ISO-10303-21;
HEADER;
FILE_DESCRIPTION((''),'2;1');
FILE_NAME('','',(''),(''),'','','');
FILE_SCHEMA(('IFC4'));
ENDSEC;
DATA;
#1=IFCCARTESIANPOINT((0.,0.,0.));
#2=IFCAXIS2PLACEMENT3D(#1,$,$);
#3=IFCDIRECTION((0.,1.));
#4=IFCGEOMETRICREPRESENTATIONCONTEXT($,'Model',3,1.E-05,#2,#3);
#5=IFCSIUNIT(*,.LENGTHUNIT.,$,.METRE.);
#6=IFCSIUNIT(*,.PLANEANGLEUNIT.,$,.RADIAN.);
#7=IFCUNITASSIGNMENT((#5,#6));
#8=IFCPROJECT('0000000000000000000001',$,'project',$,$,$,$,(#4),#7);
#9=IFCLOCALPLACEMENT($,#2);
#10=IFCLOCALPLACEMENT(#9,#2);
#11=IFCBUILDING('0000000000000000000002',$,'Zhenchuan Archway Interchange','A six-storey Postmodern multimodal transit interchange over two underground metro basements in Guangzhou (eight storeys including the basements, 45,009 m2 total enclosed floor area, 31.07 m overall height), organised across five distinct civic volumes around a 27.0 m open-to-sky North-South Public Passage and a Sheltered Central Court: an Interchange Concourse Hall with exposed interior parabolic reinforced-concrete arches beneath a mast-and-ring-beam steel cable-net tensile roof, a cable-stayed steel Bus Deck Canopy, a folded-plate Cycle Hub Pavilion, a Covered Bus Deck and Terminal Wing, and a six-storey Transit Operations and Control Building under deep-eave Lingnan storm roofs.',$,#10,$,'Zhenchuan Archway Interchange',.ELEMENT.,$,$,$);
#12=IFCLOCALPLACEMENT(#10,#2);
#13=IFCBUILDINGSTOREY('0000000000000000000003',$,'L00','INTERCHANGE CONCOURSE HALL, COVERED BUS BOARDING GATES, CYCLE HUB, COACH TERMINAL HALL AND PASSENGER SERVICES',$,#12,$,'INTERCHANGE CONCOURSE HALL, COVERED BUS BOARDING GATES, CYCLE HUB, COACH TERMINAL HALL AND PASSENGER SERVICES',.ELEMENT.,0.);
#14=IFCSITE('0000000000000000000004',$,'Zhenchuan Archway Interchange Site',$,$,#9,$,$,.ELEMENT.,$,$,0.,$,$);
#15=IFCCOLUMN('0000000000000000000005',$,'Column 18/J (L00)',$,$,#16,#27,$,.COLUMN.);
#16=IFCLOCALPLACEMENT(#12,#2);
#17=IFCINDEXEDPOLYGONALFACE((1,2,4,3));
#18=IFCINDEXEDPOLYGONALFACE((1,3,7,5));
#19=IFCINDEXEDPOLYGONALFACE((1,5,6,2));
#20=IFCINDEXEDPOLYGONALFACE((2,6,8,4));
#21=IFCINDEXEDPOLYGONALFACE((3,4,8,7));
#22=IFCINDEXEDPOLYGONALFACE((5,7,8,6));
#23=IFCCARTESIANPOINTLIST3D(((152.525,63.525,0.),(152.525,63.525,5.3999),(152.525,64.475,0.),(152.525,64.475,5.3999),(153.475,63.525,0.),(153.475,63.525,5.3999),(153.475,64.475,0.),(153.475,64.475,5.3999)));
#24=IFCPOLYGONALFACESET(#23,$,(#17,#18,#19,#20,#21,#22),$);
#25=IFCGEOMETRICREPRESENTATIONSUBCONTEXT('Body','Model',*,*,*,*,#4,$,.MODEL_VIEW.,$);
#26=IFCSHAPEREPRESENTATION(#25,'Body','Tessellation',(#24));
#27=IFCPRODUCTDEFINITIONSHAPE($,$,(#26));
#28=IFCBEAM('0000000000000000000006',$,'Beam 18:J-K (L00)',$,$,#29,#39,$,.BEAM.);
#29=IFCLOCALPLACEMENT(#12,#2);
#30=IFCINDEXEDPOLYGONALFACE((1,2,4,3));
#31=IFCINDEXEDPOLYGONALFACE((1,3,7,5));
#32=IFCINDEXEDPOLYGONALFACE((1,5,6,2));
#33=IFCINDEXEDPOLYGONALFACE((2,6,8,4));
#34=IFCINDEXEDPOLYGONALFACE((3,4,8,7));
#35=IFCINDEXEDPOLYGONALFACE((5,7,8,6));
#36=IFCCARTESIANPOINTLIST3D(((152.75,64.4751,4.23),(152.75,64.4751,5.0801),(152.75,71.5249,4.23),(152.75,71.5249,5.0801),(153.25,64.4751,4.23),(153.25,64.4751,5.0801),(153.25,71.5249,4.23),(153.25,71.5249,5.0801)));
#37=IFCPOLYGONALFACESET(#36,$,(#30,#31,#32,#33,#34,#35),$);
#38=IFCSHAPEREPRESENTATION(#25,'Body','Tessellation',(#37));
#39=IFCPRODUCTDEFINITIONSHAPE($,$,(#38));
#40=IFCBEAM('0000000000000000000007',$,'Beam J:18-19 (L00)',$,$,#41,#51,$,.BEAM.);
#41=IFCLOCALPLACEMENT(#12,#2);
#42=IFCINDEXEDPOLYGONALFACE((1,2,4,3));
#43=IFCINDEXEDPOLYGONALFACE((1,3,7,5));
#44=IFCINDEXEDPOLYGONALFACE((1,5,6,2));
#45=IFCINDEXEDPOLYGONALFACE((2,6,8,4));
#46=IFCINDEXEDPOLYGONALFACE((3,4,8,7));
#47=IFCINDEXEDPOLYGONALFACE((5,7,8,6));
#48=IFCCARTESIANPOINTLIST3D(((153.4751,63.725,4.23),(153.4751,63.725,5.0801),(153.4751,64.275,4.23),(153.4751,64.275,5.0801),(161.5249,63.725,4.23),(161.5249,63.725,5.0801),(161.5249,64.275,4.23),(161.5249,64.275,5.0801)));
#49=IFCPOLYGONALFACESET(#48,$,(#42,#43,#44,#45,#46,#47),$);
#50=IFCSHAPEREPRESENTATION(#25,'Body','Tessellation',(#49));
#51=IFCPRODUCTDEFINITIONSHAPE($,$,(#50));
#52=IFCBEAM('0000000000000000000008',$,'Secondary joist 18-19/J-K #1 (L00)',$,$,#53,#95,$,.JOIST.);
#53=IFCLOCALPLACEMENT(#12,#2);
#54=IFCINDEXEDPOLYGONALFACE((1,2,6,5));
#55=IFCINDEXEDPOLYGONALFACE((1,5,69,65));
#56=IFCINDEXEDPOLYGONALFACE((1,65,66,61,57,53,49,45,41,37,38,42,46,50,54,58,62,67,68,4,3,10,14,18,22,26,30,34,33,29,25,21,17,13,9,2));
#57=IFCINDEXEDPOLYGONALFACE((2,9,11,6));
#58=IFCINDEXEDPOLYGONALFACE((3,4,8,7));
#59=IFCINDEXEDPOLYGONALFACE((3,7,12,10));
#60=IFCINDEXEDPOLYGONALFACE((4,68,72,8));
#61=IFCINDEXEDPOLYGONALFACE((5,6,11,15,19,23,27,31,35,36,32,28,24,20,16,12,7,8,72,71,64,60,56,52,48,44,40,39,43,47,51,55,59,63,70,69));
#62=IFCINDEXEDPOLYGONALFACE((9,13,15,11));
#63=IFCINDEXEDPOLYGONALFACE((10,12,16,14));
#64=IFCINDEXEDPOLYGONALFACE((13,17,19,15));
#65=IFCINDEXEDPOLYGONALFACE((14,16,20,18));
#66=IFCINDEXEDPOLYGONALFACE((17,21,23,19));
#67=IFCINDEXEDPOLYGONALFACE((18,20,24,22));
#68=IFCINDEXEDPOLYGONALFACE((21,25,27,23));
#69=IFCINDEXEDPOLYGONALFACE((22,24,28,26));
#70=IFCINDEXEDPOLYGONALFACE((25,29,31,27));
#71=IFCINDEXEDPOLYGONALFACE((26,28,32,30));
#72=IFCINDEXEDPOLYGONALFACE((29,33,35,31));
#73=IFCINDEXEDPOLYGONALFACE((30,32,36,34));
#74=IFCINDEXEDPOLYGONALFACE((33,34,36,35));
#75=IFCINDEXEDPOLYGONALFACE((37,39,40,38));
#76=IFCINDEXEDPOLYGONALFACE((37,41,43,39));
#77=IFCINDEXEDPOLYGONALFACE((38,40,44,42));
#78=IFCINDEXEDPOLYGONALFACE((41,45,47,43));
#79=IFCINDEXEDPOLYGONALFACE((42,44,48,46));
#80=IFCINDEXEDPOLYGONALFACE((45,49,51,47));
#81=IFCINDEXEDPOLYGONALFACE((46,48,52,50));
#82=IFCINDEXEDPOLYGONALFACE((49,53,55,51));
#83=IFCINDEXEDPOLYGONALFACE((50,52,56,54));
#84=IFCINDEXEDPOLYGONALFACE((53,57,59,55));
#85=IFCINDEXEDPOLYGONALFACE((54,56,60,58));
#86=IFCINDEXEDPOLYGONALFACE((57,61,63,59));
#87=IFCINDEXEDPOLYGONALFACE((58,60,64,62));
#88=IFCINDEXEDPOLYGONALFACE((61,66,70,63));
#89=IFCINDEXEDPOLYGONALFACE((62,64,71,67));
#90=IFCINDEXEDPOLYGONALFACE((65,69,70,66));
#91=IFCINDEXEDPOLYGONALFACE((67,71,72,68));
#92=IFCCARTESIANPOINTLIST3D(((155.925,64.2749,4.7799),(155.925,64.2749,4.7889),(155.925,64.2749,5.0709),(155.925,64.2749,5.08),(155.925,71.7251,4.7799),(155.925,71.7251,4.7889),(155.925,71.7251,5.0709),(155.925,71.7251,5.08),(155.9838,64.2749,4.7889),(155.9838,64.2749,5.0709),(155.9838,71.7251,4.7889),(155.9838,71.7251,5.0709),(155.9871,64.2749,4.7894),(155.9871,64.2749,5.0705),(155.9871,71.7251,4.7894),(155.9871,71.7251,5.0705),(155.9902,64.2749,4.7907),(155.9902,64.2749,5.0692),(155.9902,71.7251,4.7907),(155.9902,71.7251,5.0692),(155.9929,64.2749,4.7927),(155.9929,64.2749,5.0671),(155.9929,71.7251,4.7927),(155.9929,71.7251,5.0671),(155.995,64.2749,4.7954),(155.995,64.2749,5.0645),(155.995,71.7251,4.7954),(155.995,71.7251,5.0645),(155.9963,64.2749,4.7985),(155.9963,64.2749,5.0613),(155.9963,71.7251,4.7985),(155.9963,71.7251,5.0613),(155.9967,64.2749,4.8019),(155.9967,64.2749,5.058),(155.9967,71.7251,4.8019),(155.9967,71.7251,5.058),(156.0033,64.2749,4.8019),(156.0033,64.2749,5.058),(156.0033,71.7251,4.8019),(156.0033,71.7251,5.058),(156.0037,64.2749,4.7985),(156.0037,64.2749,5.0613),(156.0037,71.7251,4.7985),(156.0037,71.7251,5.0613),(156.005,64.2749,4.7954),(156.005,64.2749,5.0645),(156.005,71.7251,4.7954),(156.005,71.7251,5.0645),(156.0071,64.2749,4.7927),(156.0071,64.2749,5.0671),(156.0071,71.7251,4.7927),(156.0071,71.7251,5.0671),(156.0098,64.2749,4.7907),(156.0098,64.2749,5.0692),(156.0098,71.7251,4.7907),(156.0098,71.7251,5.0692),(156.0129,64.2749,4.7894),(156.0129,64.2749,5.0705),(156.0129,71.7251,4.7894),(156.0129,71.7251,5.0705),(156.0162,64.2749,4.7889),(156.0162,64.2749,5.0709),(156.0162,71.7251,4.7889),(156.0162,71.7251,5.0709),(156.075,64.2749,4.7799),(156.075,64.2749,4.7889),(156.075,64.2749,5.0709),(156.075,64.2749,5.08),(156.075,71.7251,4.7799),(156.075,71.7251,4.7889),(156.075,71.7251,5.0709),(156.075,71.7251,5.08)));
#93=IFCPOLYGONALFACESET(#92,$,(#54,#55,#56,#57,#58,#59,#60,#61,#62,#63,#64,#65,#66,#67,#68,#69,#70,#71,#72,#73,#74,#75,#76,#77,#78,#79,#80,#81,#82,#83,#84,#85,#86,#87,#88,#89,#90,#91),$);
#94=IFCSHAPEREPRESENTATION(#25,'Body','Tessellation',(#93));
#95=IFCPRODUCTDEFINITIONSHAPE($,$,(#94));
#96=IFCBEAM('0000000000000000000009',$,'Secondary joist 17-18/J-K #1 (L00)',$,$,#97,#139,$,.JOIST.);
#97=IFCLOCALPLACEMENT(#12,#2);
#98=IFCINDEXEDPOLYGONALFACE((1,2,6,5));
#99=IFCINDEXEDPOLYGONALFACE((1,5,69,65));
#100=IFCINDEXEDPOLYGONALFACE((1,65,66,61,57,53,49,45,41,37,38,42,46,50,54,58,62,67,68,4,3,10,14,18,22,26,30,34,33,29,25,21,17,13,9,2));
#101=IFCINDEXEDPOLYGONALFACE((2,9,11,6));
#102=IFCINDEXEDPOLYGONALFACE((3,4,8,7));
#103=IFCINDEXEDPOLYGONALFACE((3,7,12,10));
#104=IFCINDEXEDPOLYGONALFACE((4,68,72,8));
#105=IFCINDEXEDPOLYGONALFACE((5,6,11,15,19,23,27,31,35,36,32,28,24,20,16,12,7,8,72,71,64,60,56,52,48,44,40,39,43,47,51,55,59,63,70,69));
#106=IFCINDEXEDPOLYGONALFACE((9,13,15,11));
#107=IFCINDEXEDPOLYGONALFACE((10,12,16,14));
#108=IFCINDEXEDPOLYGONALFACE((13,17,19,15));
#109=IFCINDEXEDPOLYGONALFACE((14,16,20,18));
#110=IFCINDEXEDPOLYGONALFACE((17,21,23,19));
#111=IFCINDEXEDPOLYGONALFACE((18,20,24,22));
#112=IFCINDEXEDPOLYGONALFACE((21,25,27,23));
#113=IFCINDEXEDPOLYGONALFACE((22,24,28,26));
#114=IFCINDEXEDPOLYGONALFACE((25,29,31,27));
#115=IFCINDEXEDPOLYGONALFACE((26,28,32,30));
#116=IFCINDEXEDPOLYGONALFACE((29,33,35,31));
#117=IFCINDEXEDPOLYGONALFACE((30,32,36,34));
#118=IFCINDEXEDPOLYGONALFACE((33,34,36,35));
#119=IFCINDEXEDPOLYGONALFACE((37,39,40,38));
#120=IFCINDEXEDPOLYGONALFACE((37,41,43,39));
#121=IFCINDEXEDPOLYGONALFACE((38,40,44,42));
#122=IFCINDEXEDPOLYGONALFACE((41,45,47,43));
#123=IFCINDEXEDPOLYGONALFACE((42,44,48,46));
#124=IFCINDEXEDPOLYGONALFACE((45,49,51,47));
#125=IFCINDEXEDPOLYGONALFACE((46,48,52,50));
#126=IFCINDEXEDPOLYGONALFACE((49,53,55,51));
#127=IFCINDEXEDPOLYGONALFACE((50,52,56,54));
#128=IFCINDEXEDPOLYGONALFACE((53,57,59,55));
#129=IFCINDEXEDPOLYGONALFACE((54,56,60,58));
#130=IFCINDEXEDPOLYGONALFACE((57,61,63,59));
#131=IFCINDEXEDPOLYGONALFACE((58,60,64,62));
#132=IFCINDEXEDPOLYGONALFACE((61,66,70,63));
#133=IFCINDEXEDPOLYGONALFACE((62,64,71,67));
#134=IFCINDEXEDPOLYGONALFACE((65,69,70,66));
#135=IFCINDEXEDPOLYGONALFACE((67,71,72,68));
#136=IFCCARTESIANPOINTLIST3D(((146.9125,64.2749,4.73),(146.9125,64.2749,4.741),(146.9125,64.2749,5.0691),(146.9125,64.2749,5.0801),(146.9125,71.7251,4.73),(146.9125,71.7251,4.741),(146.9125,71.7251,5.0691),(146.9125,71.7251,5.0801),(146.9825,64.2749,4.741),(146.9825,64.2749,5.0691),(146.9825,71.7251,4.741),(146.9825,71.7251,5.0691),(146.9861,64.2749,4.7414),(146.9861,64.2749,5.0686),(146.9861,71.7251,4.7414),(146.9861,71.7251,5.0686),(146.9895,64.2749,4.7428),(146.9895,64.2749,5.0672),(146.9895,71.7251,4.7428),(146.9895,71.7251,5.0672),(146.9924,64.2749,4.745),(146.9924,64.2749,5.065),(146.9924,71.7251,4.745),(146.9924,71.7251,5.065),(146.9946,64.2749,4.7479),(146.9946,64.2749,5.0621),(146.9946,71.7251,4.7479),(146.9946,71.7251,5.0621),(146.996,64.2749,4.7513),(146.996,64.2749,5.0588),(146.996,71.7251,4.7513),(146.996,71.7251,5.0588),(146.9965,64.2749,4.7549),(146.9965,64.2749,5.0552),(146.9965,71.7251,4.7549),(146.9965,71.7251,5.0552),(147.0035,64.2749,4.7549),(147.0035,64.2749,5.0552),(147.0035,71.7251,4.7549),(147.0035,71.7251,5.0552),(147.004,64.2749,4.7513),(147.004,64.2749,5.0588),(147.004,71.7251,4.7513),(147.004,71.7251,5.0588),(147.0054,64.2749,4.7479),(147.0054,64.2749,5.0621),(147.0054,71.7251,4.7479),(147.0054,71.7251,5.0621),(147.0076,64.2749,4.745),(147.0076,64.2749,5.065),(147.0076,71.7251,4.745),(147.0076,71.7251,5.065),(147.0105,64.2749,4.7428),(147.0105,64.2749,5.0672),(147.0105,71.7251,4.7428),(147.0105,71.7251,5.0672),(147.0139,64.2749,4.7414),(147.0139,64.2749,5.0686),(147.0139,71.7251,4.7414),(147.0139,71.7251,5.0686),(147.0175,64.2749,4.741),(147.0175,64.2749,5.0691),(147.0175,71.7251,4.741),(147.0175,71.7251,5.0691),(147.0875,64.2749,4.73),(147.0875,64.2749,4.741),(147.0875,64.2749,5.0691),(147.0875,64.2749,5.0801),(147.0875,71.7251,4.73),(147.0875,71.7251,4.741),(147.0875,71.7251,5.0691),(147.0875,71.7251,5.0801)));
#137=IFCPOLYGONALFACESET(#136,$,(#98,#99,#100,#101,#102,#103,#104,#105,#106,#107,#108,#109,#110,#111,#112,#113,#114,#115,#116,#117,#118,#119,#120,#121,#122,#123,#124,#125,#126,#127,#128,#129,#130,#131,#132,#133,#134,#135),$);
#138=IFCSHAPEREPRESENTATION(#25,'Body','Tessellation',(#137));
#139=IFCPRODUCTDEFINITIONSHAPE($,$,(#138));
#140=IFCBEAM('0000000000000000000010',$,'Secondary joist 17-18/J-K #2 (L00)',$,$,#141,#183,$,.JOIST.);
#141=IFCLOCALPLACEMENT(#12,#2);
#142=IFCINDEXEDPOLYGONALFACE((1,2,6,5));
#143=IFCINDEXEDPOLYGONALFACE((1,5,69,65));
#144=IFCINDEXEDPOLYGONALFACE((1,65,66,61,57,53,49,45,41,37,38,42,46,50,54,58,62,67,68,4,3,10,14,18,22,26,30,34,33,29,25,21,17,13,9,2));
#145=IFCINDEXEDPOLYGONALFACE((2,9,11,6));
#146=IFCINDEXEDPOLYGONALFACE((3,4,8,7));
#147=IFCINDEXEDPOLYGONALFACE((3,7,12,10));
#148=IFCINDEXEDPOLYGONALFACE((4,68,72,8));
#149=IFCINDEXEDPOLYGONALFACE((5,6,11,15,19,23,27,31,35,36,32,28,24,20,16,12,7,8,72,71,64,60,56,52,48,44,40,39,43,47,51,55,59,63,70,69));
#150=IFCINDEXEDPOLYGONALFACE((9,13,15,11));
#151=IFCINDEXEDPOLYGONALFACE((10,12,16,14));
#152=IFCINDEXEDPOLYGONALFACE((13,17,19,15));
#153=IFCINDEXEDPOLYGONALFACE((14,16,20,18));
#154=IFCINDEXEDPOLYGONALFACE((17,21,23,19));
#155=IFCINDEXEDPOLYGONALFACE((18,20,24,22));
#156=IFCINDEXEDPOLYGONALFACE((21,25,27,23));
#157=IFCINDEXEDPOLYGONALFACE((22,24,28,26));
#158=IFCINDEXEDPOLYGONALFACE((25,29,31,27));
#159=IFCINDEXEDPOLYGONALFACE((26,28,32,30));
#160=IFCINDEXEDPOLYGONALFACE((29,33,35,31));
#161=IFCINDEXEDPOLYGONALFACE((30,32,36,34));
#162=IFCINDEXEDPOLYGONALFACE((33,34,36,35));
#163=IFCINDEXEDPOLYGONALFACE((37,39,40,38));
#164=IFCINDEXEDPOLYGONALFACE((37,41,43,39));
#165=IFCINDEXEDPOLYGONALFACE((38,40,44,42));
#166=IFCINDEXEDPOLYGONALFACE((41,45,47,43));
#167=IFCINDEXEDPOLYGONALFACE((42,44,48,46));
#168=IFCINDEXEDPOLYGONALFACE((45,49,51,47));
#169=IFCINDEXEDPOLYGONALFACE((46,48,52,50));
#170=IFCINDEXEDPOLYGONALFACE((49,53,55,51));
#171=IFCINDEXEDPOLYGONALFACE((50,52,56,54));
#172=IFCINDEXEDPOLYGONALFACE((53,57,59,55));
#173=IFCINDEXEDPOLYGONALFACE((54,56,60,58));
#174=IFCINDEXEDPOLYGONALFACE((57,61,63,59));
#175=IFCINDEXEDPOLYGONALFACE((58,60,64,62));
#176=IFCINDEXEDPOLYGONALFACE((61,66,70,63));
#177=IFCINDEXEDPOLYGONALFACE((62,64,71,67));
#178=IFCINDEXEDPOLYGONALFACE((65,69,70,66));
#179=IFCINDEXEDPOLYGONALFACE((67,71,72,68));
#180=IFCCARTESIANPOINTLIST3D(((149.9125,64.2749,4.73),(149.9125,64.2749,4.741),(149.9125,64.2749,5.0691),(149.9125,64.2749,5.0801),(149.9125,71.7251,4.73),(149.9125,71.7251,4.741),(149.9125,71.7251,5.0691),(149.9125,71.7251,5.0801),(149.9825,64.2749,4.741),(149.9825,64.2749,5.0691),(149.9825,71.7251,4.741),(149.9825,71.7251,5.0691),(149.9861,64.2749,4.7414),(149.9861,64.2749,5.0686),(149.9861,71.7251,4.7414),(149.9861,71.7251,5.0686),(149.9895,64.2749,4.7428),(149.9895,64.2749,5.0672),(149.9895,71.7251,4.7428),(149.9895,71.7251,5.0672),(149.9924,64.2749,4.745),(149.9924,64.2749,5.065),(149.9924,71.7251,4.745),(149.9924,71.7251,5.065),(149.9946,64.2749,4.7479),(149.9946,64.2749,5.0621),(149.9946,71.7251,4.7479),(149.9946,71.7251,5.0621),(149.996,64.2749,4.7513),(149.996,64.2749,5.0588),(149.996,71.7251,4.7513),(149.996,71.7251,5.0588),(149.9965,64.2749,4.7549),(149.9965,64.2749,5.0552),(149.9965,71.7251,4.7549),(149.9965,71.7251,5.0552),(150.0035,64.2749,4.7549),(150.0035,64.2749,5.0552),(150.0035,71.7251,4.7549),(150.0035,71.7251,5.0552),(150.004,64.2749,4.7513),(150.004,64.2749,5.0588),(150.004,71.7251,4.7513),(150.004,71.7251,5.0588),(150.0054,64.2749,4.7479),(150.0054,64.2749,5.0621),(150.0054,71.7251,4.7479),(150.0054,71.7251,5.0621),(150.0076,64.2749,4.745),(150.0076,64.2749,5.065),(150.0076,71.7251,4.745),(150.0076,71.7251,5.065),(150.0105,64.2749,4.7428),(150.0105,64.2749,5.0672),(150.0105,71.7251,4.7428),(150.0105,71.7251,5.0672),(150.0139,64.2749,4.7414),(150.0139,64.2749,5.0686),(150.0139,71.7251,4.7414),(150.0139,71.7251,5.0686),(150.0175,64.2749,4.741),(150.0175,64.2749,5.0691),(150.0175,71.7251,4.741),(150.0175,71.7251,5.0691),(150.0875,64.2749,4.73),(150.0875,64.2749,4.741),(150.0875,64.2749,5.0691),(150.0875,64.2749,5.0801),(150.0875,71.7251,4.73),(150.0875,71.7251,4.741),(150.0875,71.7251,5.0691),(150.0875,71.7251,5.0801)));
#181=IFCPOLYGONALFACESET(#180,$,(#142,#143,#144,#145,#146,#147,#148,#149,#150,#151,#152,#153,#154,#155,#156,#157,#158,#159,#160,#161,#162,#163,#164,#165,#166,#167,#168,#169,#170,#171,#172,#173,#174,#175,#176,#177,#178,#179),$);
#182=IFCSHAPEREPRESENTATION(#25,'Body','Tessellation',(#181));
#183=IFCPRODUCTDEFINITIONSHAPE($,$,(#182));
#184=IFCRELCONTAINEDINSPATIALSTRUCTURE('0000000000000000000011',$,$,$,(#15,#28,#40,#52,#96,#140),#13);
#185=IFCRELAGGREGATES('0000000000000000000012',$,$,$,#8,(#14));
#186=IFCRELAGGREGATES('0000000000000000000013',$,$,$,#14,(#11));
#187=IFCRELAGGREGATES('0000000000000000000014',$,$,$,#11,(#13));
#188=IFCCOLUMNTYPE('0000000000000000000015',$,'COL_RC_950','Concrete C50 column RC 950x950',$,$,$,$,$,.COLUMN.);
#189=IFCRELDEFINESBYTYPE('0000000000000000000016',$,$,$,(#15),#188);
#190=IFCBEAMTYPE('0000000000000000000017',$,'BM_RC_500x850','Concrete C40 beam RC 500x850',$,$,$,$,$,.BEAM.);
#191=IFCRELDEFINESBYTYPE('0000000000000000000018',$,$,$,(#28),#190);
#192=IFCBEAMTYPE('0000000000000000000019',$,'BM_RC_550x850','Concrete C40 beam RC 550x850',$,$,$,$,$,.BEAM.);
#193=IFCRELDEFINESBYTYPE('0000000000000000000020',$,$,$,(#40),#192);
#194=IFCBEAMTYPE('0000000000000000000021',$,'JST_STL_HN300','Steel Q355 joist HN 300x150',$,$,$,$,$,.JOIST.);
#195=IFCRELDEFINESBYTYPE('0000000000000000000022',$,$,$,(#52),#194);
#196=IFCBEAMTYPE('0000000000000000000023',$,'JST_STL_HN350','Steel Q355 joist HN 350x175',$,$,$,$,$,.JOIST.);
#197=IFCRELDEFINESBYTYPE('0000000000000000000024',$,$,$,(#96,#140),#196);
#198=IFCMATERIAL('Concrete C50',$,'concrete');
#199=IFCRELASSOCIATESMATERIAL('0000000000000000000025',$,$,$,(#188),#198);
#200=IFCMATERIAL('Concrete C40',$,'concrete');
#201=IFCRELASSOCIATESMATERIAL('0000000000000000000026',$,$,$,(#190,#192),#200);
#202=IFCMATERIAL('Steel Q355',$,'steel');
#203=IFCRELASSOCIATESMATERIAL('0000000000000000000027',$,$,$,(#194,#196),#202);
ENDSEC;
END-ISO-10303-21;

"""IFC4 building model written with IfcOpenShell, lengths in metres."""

from ifc_helpers import new_model, si_unit, direction, frame, origin, origin_2d, place, context, subcontext, project, spatial, rectangle, i_section, extrude, material, material_profile, profile_set, type_object, element, save


model = new_model("IFC4")

# Units and contexts
model_context = context("Model", 3, precision=1e-05, world=origin(), true_north=direction((0.0, 1.0)))
body_context = subcontext(model_context, "Body", "Model", "MODEL_VIEW")
ifc_project = project(units=[si_unit("LENGTHUNIT", "METRE"), si_unit("PLANEANGLEUNIT", "RADIAN")], contexts=[model_context])

# Site, building, storey
site_placement = place(None, origin())
site = spatial("IfcSite", under=ifc_project, at=site_placement, Name="Zhenchuan Archway Interchange Site", CompositionType="ELEMENT", RefElevation=0.0)
building_placement = place(site_placement, origin())
building = spatial("IfcBuilding", under=site, at=building_placement, Name="Zhenchuan Archway Interchange", Description="A six-storey Postmodern multimodal transit interchange over two underground metro basements in Guangzhou (eight storeys including the basements, 45,009 m2 total enclosed floor area, 31.07 m overall height), organised across five distinct civic volumes around a 27.0 m open-to-sky North-South Public Passage and a Sheltered Central Court: an Interchange Concourse Hall with exposed interior parabolic reinforced-concrete arches beneath a mast-and-ring-beam steel cable-net tensile roof, a cable-stayed steel Bus Deck Canopy, a folded-plate Cycle Hub Pavilion, a Covered Bus Deck and Terminal Wing, and a six-storey Transit Operations and Control Building under deep-eave Lingnan storm roofs.", LongName="Zhenchuan Archway Interchange", CompositionType="ELEMENT")
storey_placement = place(building_placement, origin())
storey = spatial("IfcBuildingStorey", under=building, at=storey_placement, Name="L00", Description="INTERCHANGE CONCOURSE HALL, COVERED BUS BOARDING GATES, CYCLE HUB, COACH TERMINAL HALL AND PASSENGER SERVICES", LongName="INTERCHANGE CONCOURSE HALL, COVERED BUS BOARDING GATES, CYCLE HUB, COACH TERMINAL HALL AND PASSENGER SERVICES", CompositionType="ELEMENT", Elevation=0.0)

# Column
ifc_material_1 = material(Name="Concrete C50", Category="concrete")
ifc_material_profile_1 = material_profile(ifc_material_1, rectangle(XDim=0.95, YDim=0.95, at=origin_2d()), Name="RC 950x950")
ifc_profile_set_1 = profile_set([ifc_material_profile_1], Name="Concrete C50")
column_type = type_object("IfcColumnType", Name="COL_RC_950", Description="Concrete C50 column RC 950x950", PredefinedType="COLUMN", material=ifc_profile_set_1)
column_placement = place(storey_placement, frame((153.0, 64.0, 0.0), z_axis=(0.0, 0.0, 1.0), x_axis=(1.0, 0.0, 0.0)))
element("IfcColumn", 1, at=column_placement, inside=storey, type_object=column_type, Name="Column 18/J (L00)", PredefinedType="COLUMN", context=body_context, shape_type="SweptSolid", body=[
    extrude(rectangle(XDim=0.95, YDim=0.95, at=origin_2d()), origin(), (0.0, 0.0, 1.0), 5.3999),
])

# Beams
ifc_material_2 = material(Name="Concrete C40", Category="concrete")
ifc_material_profile_2 = material_profile(ifc_material_2, rectangle(XDim=0.5, YDim=0.8501, at=origin_2d()), Name="RC 500x850")
ifc_profile_set_2 = profile_set([ifc_material_profile_2], Name="Concrete C40")
beam_type_1 = type_object("IfcBeamType", Name="BM_RC_500x850", Description="Concrete C40 beam RC 500x850", PredefinedType="BEAM", material=ifc_profile_set_2)
beam_1_placement = place(storey_placement, frame((153.0, 64.4751, 4.655), z_axis=(0.0, 1.0, 0.0), x_axis=(-1.0, 0.0, 0.0)))
element("IfcBeam", 2, at=beam_1_placement, inside=storey, type_object=beam_type_1, Name="Beam 18:J-K (L00)", PredefinedType="BEAM", context=body_context, shape_type="SweptSolid", body=[
    extrude(rectangle(XDim=0.5, YDim=0.8501, at=origin_2d()), origin(), (0.0, 0.0, 1.0), 7.0498),
])
ifc_material_profile_3 = material_profile(ifc_material_2, rectangle(XDim=0.55, YDim=0.8501, at=origin_2d()), Name="RC 550x850")
ifc_profile_set_3 = profile_set([ifc_material_profile_3], Name="Concrete C40")
beam_type_2 = type_object("IfcBeamType", Name="BM_RC_550x850", Description="Concrete C40 beam RC 550x850", PredefinedType="BEAM", material=ifc_profile_set_3)
beam_2_placement = place(storey_placement, frame((153.4751, 64.0, 4.655), z_axis=(1.0, 0.0, 0.0), x_axis=(0.0, 1.0, 0.0)))
element("IfcBeam", 3, at=beam_2_placement, inside=storey, type_object=beam_type_2, Name="Beam J:18-19 (L00)", PredefinedType="BEAM", context=body_context, shape_type="SweptSolid", body=[
    extrude(rectangle(XDim=0.55, YDim=0.8501, at=origin_2d()), origin(), (0.0, 0.0, 1.0), 8.0498),
])
ifc_material_3 = material(Name="Steel Q355", Category="steel")
ifc_material_profile_4 = material_profile(ifc_material_3, i_section(OverallWidth=0.1499, OverallDepth=0.3, WebThickness=0.0066, FlangeThickness=0.009, FilletRadius=0.0129, at=origin_2d()), Name="HN 300x150")
ifc_profile_set_4 = profile_set([ifc_material_profile_4], Name="Steel Q355")
beam_type_3 = type_object("IfcBeamType", Name="JST_STL_HN300", Description="Steel Q355 joist HN 300x150", PredefinedType="JOIST", material=ifc_profile_set_4)
beam_3_placement = place(storey_placement, frame((156.0, 64.2749, 4.9299), z_axis=(0.0, 1.0, 0.0), x_axis=(-1.0, 0.0, 0.0)))
element("IfcBeam", 4, at=beam_3_placement, inside=storey, type_object=beam_type_3, Name="Secondary joist 18-19/J-K #1 (L00)", PredefinedType="JOIST", context=body_context, shape_type="SweptSolid", body=[
    extrude(i_section(OverallWidth=0.1499, OverallDepth=0.3, WebThickness=0.0066, FlangeThickness=0.009, FilletRadius=0.0129, at=origin_2d()), origin(), (0.0, 0.0, 1.0), 7.4502),
])
ifc_material_profile_5 = material_profile(ifc_material_3, i_section(OverallWidth=0.175, OverallDepth=0.3501, WebThickness=0.0071, FlangeThickness=0.011, FilletRadius=0.0139, at=origin_2d()), Name="HN 350x175")
ifc_profile_set_5 = profile_set([ifc_material_profile_5], Name="Steel Q355")
beam_type_4 = type_object("IfcBeamType", Name="JST_STL_HN350", Description="Steel Q355 joist HN 350x175", PredefinedType="JOIST", material=ifc_profile_set_5)
for number, where, z_axis, x_axis, name in (
    (5, (147.0, 64.2749, 4.905), (0.0, 1.0, 0.0), (-1.0, 0.0, 0.0), "Secondary joist 17-18/J-K #1 (L00)"),
    (6, (150.0, 64.2749, 4.905), (0.0, 1.0, 0.0), (-1.0, 0.0, 0.0), "Secondary joist 17-18/J-K #2 (L00)"),
):
    element("IfcBeam", number, at=place(storey_placement, frame(where, z_axis=z_axis, x_axis=x_axis)), inside=storey, type_object=beam_type_4, Name=name, PredefinedType="JOIST", context=body_context, shape_type="SweptSolid", body=[
        extrude(i_section(OverallWidth=0.175, OverallDepth=0.3501, WebThickness=0.0071, FlangeThickness=0.011, FilletRadius=0.0139, at=origin_2d()), origin(), (0.0, 0.0, 1.0), 7.4502),
    ])

save(model, "model.ifc")
